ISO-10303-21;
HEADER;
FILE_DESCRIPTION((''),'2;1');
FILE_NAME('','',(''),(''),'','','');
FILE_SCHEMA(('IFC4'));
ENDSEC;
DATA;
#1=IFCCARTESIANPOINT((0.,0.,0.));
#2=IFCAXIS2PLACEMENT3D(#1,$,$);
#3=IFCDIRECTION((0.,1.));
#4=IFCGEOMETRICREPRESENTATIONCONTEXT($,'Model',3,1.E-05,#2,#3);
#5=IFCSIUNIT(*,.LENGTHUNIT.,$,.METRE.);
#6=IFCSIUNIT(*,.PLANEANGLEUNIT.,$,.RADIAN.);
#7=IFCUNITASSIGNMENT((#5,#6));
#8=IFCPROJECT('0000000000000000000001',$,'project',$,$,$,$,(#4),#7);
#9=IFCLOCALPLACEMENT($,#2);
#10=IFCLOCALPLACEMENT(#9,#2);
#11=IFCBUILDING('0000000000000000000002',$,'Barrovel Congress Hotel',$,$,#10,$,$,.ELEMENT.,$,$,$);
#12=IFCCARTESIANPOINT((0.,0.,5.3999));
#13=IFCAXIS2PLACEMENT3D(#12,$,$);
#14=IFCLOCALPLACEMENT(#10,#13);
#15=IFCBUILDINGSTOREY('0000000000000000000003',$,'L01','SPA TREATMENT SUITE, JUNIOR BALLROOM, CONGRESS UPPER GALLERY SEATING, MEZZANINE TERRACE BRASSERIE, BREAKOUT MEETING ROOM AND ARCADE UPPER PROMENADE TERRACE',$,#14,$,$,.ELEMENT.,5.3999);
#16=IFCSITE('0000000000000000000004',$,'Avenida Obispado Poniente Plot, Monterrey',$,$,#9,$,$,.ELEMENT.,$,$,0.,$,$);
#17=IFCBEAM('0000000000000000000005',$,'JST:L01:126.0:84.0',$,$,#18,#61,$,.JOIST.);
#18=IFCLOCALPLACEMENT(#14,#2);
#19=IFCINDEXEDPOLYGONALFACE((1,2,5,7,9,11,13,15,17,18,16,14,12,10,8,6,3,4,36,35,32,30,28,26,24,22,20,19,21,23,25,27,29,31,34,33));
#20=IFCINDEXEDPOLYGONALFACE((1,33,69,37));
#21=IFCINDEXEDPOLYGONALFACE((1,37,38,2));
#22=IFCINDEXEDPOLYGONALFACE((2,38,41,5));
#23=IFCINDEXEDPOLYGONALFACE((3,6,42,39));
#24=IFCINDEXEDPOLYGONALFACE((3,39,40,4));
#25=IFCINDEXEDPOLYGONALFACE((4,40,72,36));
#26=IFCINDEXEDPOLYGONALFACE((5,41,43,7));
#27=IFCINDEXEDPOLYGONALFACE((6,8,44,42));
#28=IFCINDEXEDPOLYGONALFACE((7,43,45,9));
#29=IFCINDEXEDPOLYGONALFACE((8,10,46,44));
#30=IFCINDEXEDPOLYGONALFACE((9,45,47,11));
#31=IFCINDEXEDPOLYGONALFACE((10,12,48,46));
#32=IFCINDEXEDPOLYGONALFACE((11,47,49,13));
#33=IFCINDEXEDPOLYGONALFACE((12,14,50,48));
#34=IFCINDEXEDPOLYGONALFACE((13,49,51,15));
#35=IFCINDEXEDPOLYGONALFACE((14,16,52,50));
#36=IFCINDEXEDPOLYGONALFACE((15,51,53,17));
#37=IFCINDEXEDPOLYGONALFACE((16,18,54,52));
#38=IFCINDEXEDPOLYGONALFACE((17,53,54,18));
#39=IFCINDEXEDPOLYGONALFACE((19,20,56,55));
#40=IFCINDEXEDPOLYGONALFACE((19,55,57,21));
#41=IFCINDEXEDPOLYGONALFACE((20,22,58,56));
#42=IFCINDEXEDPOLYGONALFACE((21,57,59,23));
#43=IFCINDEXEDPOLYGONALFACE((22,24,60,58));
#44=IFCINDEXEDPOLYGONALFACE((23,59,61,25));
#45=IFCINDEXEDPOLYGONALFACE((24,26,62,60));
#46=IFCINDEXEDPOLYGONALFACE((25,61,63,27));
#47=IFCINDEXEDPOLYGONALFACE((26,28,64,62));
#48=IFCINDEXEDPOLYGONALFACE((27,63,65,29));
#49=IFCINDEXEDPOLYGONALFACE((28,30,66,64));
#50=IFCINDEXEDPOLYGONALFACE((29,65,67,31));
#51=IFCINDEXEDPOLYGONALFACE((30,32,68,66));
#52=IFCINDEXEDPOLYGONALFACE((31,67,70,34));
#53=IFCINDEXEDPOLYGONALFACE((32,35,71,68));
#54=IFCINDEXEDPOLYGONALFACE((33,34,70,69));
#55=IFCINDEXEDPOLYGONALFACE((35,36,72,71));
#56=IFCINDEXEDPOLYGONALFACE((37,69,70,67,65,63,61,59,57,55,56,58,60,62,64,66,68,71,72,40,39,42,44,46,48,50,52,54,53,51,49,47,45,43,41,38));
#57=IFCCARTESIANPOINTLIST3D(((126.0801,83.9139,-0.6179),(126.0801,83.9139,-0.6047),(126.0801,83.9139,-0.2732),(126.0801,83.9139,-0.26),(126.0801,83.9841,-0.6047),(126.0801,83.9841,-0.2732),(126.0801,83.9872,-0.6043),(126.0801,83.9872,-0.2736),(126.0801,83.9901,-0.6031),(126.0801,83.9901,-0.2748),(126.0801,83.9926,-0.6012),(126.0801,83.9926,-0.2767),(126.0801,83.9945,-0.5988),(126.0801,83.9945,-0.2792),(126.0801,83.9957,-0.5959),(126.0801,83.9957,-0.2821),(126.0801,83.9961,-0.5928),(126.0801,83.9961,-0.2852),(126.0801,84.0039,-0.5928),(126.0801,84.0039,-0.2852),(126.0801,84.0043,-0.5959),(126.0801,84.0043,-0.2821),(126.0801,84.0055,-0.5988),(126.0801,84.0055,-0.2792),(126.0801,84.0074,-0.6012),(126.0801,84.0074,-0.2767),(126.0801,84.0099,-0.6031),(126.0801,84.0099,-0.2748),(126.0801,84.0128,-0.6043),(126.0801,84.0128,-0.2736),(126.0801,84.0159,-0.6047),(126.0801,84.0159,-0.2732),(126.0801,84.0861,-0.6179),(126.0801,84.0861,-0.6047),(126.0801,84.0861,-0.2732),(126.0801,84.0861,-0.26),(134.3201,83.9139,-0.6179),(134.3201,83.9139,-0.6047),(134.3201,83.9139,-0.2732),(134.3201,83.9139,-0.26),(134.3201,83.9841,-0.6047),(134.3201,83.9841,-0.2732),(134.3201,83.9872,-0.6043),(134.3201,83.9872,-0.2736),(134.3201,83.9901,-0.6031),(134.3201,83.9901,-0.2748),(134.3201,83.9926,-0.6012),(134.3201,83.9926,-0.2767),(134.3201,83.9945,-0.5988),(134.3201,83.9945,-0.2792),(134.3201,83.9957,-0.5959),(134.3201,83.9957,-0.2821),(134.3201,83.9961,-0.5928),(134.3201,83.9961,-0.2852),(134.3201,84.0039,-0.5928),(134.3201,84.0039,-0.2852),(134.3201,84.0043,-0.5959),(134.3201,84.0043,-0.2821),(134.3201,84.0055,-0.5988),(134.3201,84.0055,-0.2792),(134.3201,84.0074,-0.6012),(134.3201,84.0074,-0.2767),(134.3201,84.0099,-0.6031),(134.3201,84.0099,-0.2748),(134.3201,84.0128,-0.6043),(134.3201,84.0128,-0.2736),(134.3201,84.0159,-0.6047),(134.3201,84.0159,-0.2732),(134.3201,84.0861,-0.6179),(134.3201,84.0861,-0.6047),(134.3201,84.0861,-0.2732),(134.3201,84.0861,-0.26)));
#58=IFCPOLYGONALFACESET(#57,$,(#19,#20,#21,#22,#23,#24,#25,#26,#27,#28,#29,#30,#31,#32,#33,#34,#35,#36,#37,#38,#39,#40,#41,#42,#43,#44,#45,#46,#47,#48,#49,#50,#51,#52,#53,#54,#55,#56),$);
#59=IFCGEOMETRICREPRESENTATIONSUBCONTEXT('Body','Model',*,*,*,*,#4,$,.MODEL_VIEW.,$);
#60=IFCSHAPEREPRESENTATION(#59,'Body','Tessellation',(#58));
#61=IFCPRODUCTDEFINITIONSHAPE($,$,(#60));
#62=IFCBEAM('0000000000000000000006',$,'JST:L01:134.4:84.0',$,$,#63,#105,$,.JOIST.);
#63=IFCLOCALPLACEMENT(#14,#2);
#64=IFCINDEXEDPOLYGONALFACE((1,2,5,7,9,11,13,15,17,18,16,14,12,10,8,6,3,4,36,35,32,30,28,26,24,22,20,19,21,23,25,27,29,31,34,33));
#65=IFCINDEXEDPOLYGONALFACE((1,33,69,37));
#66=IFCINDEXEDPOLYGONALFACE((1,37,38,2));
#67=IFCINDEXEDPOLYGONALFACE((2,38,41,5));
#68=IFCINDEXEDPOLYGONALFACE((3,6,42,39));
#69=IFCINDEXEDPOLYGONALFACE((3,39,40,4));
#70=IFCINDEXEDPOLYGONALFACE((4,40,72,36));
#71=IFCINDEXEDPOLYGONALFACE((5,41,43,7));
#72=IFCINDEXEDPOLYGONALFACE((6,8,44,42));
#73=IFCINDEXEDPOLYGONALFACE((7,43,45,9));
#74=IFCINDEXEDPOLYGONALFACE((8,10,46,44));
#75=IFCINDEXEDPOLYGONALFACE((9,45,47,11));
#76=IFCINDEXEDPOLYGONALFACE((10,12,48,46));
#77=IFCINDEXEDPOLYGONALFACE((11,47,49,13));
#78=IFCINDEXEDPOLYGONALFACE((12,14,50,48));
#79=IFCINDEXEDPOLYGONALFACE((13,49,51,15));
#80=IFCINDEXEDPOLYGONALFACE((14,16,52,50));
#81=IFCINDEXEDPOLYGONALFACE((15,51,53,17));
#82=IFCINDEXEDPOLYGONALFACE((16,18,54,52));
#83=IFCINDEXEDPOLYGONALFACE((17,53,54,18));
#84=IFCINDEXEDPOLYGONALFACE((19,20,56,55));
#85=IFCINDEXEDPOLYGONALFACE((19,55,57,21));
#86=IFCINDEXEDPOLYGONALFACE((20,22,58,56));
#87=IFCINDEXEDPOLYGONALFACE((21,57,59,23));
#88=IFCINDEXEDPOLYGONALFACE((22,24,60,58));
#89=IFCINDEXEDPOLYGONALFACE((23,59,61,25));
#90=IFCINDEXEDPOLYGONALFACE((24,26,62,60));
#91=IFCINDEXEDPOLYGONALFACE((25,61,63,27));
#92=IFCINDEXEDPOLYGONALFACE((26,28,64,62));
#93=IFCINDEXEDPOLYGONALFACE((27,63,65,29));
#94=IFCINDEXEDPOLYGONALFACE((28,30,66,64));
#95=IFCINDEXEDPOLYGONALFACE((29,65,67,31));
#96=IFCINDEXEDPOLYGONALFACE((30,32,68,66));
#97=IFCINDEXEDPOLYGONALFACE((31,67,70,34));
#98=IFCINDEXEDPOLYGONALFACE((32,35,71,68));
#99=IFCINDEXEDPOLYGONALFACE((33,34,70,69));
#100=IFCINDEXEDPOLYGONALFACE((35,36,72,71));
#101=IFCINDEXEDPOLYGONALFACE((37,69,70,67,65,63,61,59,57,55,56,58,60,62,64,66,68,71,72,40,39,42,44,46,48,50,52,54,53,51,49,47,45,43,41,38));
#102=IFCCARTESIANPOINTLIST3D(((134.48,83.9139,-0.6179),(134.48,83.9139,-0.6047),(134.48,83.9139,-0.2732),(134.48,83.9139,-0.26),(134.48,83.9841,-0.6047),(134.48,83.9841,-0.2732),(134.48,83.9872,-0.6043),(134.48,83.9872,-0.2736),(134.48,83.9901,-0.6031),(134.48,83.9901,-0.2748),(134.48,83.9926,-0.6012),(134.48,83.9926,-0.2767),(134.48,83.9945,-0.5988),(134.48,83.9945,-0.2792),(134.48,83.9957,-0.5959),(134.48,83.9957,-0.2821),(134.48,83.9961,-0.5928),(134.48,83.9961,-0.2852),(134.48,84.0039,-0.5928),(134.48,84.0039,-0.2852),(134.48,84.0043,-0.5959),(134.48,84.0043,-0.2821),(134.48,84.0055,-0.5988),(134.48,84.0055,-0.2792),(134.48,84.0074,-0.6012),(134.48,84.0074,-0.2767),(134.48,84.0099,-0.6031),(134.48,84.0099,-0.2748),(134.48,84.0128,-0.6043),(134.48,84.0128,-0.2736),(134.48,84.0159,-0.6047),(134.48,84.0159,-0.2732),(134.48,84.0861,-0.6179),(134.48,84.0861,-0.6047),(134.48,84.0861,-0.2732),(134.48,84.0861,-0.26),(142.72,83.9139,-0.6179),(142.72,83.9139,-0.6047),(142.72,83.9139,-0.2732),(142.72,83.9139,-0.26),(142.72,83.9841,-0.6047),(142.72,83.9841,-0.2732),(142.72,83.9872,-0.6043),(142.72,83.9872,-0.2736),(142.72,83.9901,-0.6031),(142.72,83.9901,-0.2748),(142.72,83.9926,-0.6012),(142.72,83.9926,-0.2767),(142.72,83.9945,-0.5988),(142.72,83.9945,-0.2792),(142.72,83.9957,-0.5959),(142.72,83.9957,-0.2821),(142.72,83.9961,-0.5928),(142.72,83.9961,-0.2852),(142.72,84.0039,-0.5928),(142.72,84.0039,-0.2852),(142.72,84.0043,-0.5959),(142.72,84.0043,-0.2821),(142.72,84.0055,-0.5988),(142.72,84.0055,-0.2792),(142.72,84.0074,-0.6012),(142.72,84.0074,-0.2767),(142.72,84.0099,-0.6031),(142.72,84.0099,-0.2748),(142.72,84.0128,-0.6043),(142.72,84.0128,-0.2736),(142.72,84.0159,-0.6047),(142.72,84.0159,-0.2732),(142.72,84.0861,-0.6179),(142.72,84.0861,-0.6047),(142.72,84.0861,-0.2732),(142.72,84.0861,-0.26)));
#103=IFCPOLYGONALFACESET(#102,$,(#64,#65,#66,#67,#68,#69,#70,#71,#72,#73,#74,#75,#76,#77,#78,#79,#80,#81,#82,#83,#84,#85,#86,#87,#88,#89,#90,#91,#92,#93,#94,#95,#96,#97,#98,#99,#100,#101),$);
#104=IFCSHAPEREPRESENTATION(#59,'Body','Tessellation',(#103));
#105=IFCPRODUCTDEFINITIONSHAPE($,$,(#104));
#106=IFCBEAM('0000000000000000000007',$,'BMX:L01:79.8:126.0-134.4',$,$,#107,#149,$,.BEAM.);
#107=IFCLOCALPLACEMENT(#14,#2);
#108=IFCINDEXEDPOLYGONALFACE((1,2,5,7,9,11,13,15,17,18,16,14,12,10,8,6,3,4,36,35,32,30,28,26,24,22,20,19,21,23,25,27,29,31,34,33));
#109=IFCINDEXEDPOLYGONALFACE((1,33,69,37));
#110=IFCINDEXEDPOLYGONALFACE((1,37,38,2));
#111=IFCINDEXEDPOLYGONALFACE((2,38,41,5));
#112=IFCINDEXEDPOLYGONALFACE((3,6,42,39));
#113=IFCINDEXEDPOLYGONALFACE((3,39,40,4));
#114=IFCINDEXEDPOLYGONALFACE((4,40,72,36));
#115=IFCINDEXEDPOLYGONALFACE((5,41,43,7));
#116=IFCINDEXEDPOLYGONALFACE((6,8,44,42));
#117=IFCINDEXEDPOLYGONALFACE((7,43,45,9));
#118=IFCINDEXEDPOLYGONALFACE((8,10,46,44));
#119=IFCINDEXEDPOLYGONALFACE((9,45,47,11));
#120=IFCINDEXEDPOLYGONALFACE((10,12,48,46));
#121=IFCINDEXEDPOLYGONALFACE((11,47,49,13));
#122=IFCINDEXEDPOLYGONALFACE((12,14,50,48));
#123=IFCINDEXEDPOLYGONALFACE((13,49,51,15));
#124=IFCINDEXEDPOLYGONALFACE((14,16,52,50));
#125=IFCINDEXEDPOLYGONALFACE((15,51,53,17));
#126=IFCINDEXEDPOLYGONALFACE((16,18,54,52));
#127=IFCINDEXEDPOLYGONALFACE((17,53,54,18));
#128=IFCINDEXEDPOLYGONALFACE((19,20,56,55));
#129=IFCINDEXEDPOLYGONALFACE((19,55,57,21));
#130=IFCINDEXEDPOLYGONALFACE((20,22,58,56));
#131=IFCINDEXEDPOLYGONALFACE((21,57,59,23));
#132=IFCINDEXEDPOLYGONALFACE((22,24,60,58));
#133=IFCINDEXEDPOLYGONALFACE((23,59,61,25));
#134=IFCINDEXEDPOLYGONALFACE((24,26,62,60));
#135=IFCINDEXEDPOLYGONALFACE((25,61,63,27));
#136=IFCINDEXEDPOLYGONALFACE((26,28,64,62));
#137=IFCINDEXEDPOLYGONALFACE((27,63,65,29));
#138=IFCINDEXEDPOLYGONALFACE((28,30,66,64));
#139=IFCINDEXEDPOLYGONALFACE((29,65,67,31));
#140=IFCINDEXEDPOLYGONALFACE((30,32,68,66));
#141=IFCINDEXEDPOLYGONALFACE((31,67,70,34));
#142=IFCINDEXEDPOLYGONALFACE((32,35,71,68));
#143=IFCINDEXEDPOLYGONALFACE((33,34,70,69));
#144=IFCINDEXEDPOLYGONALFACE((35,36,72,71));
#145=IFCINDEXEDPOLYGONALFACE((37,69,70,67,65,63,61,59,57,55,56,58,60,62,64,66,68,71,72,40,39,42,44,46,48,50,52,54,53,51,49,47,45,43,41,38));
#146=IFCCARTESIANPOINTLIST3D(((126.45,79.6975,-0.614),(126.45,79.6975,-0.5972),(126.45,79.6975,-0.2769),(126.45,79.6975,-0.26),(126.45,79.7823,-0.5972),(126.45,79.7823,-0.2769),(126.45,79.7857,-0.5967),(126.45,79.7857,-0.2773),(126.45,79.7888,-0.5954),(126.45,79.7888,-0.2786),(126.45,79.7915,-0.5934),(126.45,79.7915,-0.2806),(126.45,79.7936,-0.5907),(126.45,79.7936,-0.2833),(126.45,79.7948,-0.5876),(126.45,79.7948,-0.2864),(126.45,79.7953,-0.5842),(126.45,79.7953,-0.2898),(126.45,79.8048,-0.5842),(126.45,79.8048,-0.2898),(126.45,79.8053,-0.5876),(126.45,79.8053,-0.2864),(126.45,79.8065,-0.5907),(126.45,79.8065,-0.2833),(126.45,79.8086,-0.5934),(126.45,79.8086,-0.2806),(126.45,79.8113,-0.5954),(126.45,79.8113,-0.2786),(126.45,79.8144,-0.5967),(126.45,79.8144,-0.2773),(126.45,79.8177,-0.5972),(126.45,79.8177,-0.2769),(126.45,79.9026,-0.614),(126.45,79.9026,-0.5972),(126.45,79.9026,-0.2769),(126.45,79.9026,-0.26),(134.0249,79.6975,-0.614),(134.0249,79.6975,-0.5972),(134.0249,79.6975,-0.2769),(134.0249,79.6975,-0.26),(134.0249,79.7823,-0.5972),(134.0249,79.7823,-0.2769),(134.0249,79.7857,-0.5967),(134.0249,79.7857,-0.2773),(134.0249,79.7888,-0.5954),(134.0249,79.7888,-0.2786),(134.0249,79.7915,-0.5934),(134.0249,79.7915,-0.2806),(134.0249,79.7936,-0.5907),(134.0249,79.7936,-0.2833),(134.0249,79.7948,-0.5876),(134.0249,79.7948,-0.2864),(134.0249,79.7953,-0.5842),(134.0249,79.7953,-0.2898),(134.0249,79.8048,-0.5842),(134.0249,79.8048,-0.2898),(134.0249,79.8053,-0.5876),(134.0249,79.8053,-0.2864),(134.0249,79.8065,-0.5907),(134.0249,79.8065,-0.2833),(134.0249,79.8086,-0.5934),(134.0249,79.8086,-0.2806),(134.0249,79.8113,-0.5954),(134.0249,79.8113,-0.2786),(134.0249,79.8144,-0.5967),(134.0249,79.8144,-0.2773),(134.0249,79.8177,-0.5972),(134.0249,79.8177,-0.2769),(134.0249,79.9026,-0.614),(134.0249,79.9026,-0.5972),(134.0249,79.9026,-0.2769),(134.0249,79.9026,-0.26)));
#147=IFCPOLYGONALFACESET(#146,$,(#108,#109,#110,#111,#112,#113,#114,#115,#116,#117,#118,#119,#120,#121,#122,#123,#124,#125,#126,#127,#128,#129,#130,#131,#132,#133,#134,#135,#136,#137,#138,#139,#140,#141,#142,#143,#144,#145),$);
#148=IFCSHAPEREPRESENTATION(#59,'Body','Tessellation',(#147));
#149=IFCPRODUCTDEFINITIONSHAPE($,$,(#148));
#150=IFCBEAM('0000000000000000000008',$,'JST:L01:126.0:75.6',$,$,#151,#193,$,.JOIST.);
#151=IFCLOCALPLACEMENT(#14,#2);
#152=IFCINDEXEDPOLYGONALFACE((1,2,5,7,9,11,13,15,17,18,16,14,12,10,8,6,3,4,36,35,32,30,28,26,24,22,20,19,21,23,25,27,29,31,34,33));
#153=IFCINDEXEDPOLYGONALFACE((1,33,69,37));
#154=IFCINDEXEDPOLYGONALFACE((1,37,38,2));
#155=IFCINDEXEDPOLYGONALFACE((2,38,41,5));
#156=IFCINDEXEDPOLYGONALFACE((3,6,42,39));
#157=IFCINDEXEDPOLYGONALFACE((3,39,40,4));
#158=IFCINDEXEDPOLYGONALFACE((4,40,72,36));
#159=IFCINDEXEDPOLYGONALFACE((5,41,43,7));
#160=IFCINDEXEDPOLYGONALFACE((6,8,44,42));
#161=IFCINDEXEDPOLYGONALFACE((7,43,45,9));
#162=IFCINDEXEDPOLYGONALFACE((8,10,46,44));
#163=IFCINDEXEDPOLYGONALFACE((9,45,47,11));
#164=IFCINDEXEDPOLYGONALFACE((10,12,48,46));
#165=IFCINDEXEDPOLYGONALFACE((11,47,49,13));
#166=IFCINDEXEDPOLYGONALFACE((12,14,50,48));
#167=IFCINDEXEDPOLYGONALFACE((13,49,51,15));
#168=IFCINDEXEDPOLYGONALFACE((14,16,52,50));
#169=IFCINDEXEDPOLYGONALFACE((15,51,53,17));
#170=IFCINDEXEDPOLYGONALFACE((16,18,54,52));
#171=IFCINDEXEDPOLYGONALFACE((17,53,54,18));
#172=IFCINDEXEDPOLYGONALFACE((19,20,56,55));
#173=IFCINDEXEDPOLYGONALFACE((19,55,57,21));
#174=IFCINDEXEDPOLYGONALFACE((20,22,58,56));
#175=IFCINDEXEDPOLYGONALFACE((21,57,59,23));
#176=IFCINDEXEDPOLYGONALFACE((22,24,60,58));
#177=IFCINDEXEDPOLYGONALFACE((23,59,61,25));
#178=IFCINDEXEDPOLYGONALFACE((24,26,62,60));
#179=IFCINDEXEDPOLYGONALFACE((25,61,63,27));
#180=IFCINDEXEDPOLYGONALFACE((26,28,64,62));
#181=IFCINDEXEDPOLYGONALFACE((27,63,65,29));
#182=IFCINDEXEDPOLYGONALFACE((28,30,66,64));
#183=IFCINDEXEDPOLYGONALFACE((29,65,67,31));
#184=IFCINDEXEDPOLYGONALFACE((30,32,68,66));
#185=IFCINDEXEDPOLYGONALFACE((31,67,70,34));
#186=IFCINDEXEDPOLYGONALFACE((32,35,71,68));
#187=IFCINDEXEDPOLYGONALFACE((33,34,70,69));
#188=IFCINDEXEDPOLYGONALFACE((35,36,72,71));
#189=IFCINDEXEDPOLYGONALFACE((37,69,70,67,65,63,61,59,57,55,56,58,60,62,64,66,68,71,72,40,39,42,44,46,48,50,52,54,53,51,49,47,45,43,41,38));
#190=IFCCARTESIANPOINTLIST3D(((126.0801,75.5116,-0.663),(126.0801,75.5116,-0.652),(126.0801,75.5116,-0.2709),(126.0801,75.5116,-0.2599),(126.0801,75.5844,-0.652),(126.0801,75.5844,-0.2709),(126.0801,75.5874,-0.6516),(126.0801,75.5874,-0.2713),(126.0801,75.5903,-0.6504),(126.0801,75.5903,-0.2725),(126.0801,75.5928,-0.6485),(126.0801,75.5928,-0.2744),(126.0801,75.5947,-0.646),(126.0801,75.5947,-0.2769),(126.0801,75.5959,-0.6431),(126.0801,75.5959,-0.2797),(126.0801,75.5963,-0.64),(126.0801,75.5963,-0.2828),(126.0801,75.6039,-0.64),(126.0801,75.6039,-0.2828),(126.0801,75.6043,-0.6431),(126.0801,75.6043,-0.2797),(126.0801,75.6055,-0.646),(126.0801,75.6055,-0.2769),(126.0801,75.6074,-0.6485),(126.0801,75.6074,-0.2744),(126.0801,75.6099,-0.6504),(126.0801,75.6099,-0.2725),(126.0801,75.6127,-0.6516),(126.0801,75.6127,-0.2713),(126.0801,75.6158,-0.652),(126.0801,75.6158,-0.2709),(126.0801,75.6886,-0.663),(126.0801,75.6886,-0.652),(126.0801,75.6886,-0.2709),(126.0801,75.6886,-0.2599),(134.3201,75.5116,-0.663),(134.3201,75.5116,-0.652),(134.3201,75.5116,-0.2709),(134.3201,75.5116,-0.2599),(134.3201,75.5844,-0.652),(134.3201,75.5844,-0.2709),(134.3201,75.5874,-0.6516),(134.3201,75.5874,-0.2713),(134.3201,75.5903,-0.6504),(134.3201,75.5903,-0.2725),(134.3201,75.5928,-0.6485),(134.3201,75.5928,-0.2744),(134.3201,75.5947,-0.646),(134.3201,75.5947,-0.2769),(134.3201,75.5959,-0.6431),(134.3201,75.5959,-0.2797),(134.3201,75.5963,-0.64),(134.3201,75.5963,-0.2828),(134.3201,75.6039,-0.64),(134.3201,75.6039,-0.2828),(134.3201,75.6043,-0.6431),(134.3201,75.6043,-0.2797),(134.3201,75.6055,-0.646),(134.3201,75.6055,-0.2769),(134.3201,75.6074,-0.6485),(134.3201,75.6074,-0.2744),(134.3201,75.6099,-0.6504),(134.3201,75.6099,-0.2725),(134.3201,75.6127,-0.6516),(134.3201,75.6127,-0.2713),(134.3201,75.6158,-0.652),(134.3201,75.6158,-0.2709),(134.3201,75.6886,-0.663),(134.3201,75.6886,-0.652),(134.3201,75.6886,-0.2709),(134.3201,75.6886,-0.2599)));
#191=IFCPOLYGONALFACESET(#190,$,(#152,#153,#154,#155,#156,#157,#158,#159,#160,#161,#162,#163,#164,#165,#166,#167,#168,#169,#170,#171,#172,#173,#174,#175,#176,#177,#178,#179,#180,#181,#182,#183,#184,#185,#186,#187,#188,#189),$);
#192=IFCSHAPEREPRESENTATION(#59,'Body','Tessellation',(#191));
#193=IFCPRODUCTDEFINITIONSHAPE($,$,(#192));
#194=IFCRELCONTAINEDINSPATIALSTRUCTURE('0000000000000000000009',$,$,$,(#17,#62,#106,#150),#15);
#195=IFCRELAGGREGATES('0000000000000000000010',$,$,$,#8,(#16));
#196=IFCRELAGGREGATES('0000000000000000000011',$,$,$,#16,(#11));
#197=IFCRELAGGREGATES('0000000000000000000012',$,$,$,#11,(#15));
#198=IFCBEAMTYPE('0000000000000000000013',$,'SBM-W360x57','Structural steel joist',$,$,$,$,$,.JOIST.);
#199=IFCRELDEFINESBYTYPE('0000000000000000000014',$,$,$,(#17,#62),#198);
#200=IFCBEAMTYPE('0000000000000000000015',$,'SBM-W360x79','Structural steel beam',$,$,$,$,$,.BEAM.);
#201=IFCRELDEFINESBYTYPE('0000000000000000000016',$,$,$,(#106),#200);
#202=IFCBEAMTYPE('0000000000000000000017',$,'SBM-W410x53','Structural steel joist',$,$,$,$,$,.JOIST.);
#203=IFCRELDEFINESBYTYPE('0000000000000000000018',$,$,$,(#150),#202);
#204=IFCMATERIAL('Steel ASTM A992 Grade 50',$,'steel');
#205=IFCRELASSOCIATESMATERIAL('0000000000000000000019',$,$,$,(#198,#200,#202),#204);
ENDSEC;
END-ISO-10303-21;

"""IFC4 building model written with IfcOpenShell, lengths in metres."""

from ifc_helpers import new_model, si_unit, direction, frame, origin, origin_2d, place, context, subcontext, project, spatial, i_section, extrude, material, material_profile, profile_set, type_object, element, save


model = new_model("IFC4")

# Units and contexts
model_context = context("Model", 3, precision=1e-05, world=origin(), true_north=direction((0.0, 1.0)))
body_context = subcontext(model_context, "Body", "Model", "MODEL_VIEW")
ifc_project = project(units=[si_unit("LENGTHUNIT", "METRE"), si_unit("PLANEANGLEUNIT", "RADIAN")], contexts=[model_context])

# Site, building, storey
site_placement = place(None, origin())
site = spatial("IfcSite", under=ifc_project, at=site_placement, Name="Avenida Obispado Poniente Plot, Monterrey", CompositionType="ELEMENT", RefElevation=0.0)
building_placement = place(site_placement, origin())
building = spatial("IfcBuilding", under=site, at=building_placement, Name="Barrovel Congress Hotel", CompositionType="ELEMENT")
storey_placement = place(building_placement, frame((0.0, 0.0, 5.3999)))
storey = spatial("IfcBuildingStorey", under=building, at=storey_placement, Name="L01", Description="SPA TREATMENT SUITE, JUNIOR BALLROOM, CONGRESS UPPER GALLERY SEATING, MEZZANINE TERRACE BRASSERIE, BREAKOUT MEETING ROOM AND ARCADE UPPER PROMENADE TERRACE", CompositionType="ELEMENT", Elevation=5.3999)

# Beams
ifc_material_1 = material(Name="Steel ASTM A992 Grade 50", Category="steel")
ifc_material_profile_1 = material_profile(ifc_material_1, i_section(OverallWidth=0.1721, OverallDepth=0.3579, WebThickness=0.0078, FlangeThickness=0.0132, FilletRadius=0.012, at=origin_2d()), Name="W360x57")
ifc_profile_set_1 = profile_set([ifc_material_profile_1], Name="Steel ASTM A992 Grade 50")
beam_type_1 = type_object("IfcBeamType", Name="SBM-W360x57", Description="Structural steel joist", PredefinedType="JOIST", material=ifc_profile_set_1)
for number, where, z_axis, x_axis, name in (
    (1, (126.0801, 84.0, -0.439), (1.0, 0.0, 0.0), (0.0, 1.0, 0.0), "JST:L01:126.0:84.0"),
    (2, (134.48, 84.0, -0.439), (1.0, 0.0, 0.0), (0.0, 1.0, 0.0), "JST:L01:134.4:84.0"),
):
    element("IfcBeam", number, at=place(storey_placement, frame(where, z_axis=z_axis, x_axis=x_axis)), inside=storey, type_object=beam_type_1, Name=name, PredefinedType="JOIST", context=body_context, shape_type="SweptSolid", body=[
        extrude(i_section(OverallWidth=0.1721, OverallDepth=0.3579, WebThickness=0.0078, FlangeThickness=0.0132, FilletRadius=0.012, at=origin_2d()), origin(), (0.0, 0.0, 1.0), 8.24),
    ])
ifc_material_profile_2 = material_profile(ifc_material_1, i_section(OverallWidth=0.2051, OverallDepth=0.354, WebThickness=0.0095, FlangeThickness=0.0168, FilletRadius=0.0129, at=origin_2d()), Name="W360x79")
ifc_profile_set_2 = profile_set([ifc_material_profile_2], Name="Steel ASTM A992 Grade 50")
beam_type_2 = type_object("IfcBeamType", Name="SBM-W360x79", Description="Structural steel beam", PredefinedType="BEAM", material=ifc_profile_set_2)
beam_1_placement = place(storey_placement, frame((126.45, 79.8, -0.437), z_axis=(1.0, 0.0, 0.0), x_axis=(0.0, 1.0, 0.0)))
element("IfcBeam", 3, at=beam_1_placement, inside=storey, type_object=beam_type_2, Name="BMX:L01:79.8:126.0-134.4", PredefinedType="BEAM", context=body_context, shape_type="SweptSolid", body=[
    extrude(i_section(OverallWidth=0.2051, OverallDepth=0.354, WebThickness=0.0095, FlangeThickness=0.0168, FilletRadius=0.0129, at=origin_2d()), origin(), (0.0, 0.0, 1.0), 7.575),
])
ifc_material_profile_3 = material_profile(ifc_material_1, i_section(OverallWidth=0.177, OverallDepth=0.4031, WebThickness=0.0076, FlangeThickness=0.011, FilletRadius=0.012, at=origin_2d()), Name="W410x53")
ifc_profile_set_3 = profile_set([ifc_material_profile_3], Name="Steel ASTM A992 Grade 50")
beam_type_3 = type_object("IfcBeamType", Name="SBM-W410x53", Description="Structural steel joist", PredefinedType="JOIST", material=ifc_profile_set_3)
beam_2_placement = place(storey_placement, frame((126.0801, 75.6001, -0.4614), z_axis=(1.0, 0.0, 0.0), x_axis=(0.0, 1.0, 0.0)))
element("IfcBeam", 4, at=beam_2_placement, inside=storey, type_object=beam_type_3, Name="JST:L01:126.0:75.6", PredefinedType="JOIST", context=body_context, shape_type="SweptSolid", body=[
    extrude(i_section(OverallWidth=0.177, OverallDepth=0.4031, WebThickness=0.0076, FlangeThickness=0.011, FilletRadius=0.012, at=origin_2d()), origin(), (0.0, 0.0, 1.0), 8.24),
])

save(model, "model.ifc")
